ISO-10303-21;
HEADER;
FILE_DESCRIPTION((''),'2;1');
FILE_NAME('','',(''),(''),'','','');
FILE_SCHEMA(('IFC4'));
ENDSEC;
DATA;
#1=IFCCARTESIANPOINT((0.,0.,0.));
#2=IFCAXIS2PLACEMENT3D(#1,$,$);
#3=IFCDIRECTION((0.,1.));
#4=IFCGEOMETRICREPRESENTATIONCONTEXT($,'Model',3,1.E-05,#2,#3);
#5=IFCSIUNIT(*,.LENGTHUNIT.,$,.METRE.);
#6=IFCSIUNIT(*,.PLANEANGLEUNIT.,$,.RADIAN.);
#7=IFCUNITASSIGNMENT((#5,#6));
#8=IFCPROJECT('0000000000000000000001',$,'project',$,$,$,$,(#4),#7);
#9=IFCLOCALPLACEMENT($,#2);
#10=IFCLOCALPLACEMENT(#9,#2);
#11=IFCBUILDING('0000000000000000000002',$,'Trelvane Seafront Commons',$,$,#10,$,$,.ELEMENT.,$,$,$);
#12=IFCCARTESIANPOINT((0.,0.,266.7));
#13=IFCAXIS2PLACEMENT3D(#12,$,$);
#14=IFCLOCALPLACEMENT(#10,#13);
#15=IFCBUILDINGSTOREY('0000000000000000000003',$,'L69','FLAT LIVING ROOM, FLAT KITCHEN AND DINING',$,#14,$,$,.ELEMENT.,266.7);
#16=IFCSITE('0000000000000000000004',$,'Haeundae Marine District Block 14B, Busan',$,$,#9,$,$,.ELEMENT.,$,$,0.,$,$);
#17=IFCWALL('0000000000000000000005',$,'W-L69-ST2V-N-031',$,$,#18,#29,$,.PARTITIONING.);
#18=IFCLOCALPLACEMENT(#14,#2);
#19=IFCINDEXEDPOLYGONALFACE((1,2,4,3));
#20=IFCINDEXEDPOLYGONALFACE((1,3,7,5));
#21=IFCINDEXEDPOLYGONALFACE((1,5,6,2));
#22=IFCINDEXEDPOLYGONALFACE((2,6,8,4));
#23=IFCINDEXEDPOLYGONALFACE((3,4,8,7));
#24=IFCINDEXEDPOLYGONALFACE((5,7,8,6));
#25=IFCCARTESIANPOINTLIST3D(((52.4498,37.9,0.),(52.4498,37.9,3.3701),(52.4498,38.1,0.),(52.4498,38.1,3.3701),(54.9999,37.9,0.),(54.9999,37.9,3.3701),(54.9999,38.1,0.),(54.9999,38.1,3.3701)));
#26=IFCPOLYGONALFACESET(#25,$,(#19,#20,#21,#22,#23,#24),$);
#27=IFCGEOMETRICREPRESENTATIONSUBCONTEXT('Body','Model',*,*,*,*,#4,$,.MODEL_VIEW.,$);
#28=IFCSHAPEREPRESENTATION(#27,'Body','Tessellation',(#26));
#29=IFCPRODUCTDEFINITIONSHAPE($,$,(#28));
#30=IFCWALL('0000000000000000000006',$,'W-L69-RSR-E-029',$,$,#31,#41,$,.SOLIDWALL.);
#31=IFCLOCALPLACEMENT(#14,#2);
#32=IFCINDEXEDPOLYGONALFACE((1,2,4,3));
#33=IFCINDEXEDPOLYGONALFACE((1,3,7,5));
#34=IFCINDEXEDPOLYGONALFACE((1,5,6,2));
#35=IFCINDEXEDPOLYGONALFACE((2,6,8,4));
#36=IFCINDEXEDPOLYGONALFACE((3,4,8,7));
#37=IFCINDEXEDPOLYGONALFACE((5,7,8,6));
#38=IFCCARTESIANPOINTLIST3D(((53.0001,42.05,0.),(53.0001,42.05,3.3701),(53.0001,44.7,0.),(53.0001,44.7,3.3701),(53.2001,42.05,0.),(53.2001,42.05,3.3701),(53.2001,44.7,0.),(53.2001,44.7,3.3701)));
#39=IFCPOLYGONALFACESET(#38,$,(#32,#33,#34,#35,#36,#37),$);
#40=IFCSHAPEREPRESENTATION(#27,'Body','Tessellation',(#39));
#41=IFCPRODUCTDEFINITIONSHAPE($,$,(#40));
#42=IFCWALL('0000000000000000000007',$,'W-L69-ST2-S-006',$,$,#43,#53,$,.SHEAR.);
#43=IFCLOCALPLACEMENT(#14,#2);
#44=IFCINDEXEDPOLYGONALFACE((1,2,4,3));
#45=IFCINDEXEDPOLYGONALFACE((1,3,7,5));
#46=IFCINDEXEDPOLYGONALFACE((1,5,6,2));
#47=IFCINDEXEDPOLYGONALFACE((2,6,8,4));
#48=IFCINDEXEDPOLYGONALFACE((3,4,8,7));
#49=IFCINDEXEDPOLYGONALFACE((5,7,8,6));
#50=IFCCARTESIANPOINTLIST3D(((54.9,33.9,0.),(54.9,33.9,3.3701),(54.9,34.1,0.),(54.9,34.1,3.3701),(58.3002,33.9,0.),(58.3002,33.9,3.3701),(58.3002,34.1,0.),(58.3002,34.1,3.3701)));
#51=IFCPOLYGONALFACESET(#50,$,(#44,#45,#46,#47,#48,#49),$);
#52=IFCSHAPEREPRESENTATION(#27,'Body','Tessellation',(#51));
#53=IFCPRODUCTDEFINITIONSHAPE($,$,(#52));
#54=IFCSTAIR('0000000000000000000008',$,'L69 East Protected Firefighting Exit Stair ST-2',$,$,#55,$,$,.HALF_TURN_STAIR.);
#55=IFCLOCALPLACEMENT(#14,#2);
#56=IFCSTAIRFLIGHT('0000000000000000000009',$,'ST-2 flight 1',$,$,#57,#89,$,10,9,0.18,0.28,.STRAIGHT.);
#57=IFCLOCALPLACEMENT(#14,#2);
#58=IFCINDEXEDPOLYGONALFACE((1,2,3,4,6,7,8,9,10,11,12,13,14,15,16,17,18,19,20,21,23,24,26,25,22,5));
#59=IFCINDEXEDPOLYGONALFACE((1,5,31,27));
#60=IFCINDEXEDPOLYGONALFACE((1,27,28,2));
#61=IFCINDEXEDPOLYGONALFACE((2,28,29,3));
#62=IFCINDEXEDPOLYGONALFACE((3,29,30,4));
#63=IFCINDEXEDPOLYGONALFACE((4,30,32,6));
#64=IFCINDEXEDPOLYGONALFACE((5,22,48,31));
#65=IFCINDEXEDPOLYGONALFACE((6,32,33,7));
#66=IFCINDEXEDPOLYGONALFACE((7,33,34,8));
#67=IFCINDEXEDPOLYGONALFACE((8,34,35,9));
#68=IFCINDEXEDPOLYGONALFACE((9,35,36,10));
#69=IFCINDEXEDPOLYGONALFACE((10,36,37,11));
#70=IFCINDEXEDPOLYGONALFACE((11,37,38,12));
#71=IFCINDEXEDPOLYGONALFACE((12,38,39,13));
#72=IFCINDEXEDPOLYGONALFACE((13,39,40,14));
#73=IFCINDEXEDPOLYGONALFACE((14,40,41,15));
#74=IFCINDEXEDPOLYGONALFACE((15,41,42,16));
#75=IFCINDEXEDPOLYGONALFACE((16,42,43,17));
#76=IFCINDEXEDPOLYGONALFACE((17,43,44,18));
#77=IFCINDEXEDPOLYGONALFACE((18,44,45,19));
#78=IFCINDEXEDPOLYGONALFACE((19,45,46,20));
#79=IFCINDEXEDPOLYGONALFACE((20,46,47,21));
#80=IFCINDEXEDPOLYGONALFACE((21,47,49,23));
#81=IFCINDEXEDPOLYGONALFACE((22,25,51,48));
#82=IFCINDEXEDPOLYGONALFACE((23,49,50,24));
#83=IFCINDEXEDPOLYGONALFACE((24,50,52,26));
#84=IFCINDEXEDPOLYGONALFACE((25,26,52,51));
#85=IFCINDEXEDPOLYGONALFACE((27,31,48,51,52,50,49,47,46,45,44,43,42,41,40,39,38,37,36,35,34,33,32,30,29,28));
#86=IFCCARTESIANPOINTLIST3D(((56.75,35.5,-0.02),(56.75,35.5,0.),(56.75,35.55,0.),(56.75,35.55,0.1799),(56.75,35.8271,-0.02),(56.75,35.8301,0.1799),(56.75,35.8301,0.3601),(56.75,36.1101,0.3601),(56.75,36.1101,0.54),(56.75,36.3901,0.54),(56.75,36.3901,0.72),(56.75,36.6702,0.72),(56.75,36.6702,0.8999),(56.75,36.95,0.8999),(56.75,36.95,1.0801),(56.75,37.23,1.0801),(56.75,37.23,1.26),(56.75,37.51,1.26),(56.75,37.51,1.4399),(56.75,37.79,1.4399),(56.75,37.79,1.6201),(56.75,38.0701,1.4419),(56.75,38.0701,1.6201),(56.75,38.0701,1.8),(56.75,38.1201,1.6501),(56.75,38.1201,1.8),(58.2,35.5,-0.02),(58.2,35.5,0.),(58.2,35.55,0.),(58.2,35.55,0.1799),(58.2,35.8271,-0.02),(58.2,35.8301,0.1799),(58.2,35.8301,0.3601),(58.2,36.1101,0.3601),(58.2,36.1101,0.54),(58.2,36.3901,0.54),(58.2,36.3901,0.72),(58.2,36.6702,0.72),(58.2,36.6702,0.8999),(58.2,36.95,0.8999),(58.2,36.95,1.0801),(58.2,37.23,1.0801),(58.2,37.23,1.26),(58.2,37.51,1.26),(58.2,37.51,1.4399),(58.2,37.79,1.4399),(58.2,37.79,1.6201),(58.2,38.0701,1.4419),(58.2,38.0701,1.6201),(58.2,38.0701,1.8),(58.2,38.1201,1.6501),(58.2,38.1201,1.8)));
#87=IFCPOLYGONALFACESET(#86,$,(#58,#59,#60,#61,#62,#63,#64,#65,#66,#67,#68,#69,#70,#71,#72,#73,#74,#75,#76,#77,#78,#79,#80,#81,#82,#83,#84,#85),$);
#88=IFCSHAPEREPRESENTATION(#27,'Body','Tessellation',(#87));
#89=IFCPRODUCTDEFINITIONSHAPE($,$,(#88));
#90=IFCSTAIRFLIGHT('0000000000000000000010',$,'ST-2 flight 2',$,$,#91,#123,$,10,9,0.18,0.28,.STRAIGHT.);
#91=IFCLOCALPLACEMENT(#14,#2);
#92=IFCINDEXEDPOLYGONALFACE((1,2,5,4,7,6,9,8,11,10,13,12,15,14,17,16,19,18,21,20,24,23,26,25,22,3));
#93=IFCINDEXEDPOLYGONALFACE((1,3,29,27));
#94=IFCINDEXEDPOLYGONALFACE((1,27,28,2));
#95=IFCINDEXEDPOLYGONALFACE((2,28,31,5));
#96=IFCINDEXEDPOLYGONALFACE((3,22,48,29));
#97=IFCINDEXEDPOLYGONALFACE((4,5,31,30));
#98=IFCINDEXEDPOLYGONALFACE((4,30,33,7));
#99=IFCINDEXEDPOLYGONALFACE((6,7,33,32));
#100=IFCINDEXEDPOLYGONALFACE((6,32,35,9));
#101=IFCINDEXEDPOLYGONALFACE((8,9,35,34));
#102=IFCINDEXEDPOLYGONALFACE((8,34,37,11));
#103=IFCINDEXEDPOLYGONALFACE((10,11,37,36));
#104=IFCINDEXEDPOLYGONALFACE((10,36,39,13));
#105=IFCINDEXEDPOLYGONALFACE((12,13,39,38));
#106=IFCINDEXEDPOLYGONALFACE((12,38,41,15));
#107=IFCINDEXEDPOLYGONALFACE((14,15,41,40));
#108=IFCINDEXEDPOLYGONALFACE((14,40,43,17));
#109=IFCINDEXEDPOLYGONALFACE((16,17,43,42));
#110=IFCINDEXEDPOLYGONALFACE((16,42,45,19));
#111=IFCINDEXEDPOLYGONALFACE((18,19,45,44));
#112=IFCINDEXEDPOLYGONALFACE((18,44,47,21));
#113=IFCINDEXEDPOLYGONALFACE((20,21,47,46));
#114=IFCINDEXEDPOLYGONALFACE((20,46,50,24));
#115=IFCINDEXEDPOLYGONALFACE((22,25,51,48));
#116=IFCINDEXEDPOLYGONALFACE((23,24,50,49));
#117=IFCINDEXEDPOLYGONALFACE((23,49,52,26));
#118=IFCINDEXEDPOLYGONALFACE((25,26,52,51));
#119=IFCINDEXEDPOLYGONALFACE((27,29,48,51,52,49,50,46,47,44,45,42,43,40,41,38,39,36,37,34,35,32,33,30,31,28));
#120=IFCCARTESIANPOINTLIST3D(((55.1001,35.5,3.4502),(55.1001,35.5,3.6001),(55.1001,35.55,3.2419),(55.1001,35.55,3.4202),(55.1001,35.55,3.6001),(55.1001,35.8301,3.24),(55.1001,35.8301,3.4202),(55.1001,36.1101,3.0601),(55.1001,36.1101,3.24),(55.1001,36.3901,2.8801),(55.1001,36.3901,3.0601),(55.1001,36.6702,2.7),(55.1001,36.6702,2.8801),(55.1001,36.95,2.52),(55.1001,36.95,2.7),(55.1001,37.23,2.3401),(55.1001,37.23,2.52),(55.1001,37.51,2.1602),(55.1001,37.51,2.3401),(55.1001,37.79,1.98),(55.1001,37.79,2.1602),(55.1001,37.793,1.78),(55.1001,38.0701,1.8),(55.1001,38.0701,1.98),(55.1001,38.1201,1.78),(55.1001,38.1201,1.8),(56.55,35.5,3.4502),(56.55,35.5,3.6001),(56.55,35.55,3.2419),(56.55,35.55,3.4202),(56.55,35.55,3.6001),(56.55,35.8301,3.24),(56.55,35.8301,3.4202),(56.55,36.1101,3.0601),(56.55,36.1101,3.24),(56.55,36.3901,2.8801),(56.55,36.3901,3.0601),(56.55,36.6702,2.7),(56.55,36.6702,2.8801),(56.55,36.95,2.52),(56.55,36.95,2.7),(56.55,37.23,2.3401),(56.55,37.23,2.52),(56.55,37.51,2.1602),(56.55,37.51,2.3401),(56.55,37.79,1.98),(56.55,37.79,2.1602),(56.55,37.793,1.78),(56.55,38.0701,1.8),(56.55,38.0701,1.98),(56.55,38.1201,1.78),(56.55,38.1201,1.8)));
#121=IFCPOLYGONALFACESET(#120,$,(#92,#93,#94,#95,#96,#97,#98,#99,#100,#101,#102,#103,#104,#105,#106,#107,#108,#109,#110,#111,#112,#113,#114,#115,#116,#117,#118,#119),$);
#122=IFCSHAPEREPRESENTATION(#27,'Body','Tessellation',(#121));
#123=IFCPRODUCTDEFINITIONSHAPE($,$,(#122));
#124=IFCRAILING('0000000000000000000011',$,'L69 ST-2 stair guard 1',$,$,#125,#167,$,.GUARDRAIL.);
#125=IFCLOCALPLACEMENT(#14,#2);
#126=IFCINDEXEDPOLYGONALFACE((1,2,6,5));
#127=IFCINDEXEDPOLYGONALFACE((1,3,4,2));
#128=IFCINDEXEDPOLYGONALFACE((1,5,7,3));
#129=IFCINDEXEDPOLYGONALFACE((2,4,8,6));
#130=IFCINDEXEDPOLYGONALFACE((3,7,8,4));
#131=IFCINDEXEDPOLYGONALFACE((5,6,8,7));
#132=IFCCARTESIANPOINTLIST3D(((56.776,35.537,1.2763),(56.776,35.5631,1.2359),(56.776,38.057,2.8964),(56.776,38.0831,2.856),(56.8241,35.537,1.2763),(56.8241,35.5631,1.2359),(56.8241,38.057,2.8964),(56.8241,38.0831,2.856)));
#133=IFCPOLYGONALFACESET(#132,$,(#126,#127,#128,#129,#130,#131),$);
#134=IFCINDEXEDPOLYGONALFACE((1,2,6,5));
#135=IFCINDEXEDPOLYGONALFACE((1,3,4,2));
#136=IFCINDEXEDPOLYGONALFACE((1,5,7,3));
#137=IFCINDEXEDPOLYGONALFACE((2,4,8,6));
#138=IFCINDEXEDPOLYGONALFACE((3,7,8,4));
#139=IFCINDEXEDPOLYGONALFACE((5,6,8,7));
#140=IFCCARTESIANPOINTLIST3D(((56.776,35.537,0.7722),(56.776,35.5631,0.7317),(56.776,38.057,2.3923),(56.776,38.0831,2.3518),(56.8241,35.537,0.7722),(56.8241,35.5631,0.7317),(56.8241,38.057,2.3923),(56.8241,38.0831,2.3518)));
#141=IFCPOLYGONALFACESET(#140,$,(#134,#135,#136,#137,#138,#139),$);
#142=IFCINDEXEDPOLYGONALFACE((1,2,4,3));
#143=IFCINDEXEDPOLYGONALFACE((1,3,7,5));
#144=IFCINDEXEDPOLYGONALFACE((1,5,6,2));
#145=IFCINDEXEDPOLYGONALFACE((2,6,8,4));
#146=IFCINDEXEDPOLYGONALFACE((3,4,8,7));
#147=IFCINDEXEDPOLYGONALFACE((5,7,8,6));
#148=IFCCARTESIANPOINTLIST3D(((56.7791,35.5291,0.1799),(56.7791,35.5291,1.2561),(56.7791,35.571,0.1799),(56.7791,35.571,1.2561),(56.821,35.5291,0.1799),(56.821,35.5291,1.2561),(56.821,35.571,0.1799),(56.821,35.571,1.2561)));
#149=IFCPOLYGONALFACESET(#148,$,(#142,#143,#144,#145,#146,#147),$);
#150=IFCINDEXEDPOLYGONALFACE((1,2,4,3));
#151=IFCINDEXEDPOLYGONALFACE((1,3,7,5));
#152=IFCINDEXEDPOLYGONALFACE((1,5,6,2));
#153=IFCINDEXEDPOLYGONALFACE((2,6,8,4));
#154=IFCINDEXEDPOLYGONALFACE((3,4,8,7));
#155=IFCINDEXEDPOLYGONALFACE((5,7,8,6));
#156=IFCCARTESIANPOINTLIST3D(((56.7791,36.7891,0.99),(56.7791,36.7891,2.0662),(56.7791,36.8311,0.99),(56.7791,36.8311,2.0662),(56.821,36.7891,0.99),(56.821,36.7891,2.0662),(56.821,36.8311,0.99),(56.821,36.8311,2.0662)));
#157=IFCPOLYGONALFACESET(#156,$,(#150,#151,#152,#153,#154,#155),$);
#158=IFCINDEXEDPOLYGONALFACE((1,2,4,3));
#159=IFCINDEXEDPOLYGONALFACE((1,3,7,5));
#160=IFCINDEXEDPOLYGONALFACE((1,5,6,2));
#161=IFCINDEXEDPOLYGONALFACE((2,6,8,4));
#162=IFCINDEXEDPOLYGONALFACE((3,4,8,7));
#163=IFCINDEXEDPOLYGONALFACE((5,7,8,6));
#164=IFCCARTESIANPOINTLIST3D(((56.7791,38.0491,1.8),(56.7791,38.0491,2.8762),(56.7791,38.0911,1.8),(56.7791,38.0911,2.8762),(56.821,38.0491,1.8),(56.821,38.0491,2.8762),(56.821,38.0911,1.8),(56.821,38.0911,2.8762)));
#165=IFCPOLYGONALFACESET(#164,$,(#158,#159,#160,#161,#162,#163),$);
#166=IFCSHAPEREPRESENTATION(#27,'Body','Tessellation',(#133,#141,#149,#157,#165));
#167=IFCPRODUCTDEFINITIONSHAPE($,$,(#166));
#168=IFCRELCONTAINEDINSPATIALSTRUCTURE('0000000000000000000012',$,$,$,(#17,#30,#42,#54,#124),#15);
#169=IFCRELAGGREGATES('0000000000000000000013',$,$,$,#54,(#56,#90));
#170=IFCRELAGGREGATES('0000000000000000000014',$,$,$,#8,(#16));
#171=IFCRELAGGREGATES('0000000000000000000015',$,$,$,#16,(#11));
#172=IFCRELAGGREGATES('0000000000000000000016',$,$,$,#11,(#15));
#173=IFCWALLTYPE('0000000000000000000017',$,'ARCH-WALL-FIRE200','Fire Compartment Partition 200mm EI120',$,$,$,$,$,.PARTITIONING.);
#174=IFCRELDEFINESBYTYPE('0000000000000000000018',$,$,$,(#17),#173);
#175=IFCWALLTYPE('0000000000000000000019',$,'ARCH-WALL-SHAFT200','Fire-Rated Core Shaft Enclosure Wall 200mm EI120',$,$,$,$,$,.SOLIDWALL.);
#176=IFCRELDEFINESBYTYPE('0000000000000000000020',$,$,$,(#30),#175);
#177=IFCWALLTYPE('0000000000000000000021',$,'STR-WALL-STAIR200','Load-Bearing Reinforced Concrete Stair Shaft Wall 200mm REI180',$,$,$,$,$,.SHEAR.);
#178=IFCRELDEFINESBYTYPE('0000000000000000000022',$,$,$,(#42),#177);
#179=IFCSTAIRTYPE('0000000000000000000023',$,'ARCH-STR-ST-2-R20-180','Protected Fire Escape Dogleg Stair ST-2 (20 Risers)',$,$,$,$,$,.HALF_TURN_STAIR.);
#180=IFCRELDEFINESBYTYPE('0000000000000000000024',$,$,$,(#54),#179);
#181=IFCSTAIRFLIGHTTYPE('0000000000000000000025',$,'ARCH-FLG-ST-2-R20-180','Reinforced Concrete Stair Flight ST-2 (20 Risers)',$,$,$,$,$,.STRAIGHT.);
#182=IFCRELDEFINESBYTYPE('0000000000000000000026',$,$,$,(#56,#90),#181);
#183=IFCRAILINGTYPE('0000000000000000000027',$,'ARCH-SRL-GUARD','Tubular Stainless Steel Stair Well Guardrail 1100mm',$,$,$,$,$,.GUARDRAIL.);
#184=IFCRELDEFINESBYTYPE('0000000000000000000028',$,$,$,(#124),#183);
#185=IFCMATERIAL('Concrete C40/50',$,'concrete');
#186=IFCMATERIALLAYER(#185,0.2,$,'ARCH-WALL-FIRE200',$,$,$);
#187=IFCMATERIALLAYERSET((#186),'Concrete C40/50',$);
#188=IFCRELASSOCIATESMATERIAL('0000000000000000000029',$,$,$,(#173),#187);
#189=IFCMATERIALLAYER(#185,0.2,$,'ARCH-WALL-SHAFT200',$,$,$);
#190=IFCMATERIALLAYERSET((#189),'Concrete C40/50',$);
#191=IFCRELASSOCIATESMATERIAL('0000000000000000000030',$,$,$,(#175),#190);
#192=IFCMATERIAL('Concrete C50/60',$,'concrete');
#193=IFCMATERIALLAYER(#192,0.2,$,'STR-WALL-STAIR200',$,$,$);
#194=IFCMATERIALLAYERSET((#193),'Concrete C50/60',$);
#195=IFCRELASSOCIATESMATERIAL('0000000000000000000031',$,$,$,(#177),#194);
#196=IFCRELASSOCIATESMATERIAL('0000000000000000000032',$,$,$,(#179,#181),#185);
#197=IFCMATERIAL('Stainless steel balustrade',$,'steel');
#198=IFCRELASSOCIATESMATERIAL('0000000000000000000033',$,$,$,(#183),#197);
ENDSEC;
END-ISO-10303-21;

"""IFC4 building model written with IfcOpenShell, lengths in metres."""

from ifc_helpers import new_model, si_unit, direction, frame, frame_2d, origin, origin_2d, place, context, subcontext, project, spatial, polyline, rectangle, outline, extrude, source, transform, mapped, material, layer, layer_set, type_object, element, aggregate, save


model = new_model("IFC4")

# Units and contexts
model_context = context("Model", 3, precision=1e-05, world=origin(), true_north=direction((0.0, 1.0)))
body_context = subcontext(model_context, "Body", "Model", "MODEL_VIEW")
ifc_project = project(units=[si_unit("LENGTHUNIT", "METRE"), si_unit("PLANEANGLEUNIT", "RADIAN")], contexts=[model_context])

# Site, building, storey
site_placement = place(None, origin())
site = spatial("IfcSite", under=ifc_project, at=site_placement, Name="Haeundae Marine District Block 14B, Busan", CompositionType="ELEMENT", RefElevation=0.0)
building_placement = place(site_placement, origin())
building = spatial("IfcBuilding", under=site, at=building_placement, Name="Trelvane Seafront Commons", CompositionType="ELEMENT")
storey_placement = place(building_placement, frame((0.0, 0.0, 266.7)))
storey = spatial("IfcBuildingStorey", under=building, at=storey_placement, Name="L69", Description="FLAT LIVING ROOM, FLAT KITCHEN AND DINING", CompositionType="ELEMENT", Elevation=266.7)

# Shared definitions
ifc_material_1 = material(Name="Concrete C50/60", Category="concrete")

# Wall
ifc_material_2 = material(Name="Concrete C40/50", Category="concrete")
ifc_layer_1 = layer(ifc_material_2, 0.2, Name="ARCH-WALL-FIRE200")
ifc_layer_set_1 = layer_set([ifc_layer_1], Name="Concrete C40/50")
wall_type_1 = type_object("IfcWallType", Name="ARCH-WALL-FIRE200", Description="Fire Compartment Partition 200mm EI120", PredefinedType="PARTITIONING", material=ifc_layer_set_1)
wall_1_placement = place(storey_placement, frame((52.45, 38.0, 0.0), z_axis=(0.0, 0.0, 1.0), x_axis=(1.0, 0.0, 0.0)))
element("IfcWall", 1, at=wall_1_placement, inside=storey, type_object=wall_type_1, Name="W-L69-ST2V-N-031", PredefinedType="PARTITIONING", context=body_context, shape_type="SweptSolid", body=[
    extrude(rectangle(XDim=2.55, YDim=0.2, at=frame_2d((1.2749, 0.0))), origin(), (0.0, 0.0, 1.0), 3.3701),
])

# Walls
ifc_layer_2 = layer(ifc_material_2, 0.2, Name="ARCH-WALL-SHAFT200")
ifc_layer_set_2 = layer_set([ifc_layer_2], Name="Concrete C40/50")
wall_type_2 = type_object("IfcWallType", Name="ARCH-WALL-SHAFT200", Description="Fire-Rated Core Shaft Enclosure Wall 200mm EI120", PredefinedType="SOLIDWALL", material=ifc_layer_set_2)
wall_2_placement = place(storey_placement, frame((53.1001, 42.05, 0.0), z_axis=(0.0, 0.0, 1.0), x_axis=(0.0, 1.0, 0.0)))
element("IfcWall", 2, at=wall_2_placement, inside=storey, type_object=wall_type_2, Name="W-L69-RSR-E-029", PredefinedType="SOLIDWALL", context=body_context, shape_type="SweptSolid", body=[
    extrude(rectangle(XDim=2.6499, YDim=0.2, at=frame_2d((1.325, 0.0))), origin(), (0.0, 0.0, 1.0), 3.3701),
])
ifc_layer_3 = layer(ifc_material_1, 0.2, Name="STR-WALL-STAIR200")
ifc_layer_set_3 = layer_set([ifc_layer_3], Name="Concrete C50/60")
wall_type_3 = type_object("IfcWallType", Name="STR-WALL-STAIR200", Description="Load-Bearing Reinforced Concrete Stair Shaft Wall 200mm REI180", PredefinedType="SHEAR", material=ifc_layer_set_3)
wall_3_placement = place(storey_placement, frame((54.8999, 34.0, 0.0), z_axis=(0.0, 0.0, 1.0), x_axis=(1.0, 0.0, 0.0)))
element("IfcWall", 3, at=wall_3_placement, inside=storey, type_object=wall_type_3, Name="W-L69-ST2-S-006", PredefinedType="SHEAR", context=body_context, shape_type="SweptSolid", body=[
    extrude(rectangle(XDim=3.4001, YDim=0.2, at=frame_2d((1.7002, 0.0))), origin(), (0.0, 0.0, 1.0), 3.3701),
])

# Stair, stair flights
stair_type = type_object("IfcStairType", Name="ARCH-STR-ST-2-R20-180", Description="Protected Fire Escape Dogleg Stair ST-2 (20 Risers)", PredefinedType="HALF_TURN_STAIR", material=ifc_material_2)
stair_placement = place(storey_placement, origin())
stair = element("IfcStair", 4, at=stair_placement, inside=storey, type_object=stair_type, Name="L69 East Protected Firefighting Exit Stair ST-2", PredefinedType="HALF_TURN_STAIR")
stair_flight_type = type_object("IfcStairFlightType", Name="ARCH-FLG-ST-2-R20-180", Description="Reinforced Concrete Stair Flight ST-2 (20 Risers)", PredefinedType="STRAIGHT", material=ifc_material_2)
shared_shape_1 = source(origin(), body_context, "Body", "SweptSolid", [
    extrude(outline(polyline([(-0.05, -0.02), (-0.05, 0.0), (0.0, 0.0), (0.0, 0.1799), (0.28, 0.1799), (0.28, 0.3601), (0.5601, 0.3601), (0.5601, 0.54), (0.8401, 0.54), (0.8401, 0.72), (1.1201, 0.72), (1.1201, 0.8999), (1.3999, 0.8999), (1.3999, 1.0801), (1.6799, 1.0801), (1.6799, 1.26), (1.96, 1.26), (1.96, 1.4399), (2.24, 1.4399), (2.24, 1.6201), (2.52, 1.6201), (2.52, 1.8), (2.5701, 1.8), (2.5701, 1.6501), (2.52, 1.4419), (0.2771, -0.02), (-0.05, -0.02)])), frame((0.0, 0.7251, 0.0), z_axis=(0.0, -1.0, 0.0), x_axis=(1.0, 0.0, 0.0)), (0.0, 0.0, 1.0), 1.45),
])
stair_flight_1_placement = place(storey_placement, frame((57.4751, 35.55, 0.0), z_axis=(0.0, 0.0, 1.0), x_axis=(0.0, 1.0, 0.0)))
stair_flight_1 = element("IfcStairFlight", 5, at=stair_flight_1_placement, type_object=stair_flight_type, Name="ST-2 flight 1", NumberOfRisers=10, NumberOfTreads=9, PredefinedType="STRAIGHT", RiserHeight=0.18, TreadLength=0.28, context=body_context, shape_type="MappedRepresentation", body=[
    mapped(shared_shape_1, transform((0.0, 0.0, 0.0), x_axis=(1.0, 0.0, 0.0), y_axis=(0.0, 1.0, 0.0), z_axis=(0.0, 0.0, 1.0), scale=1.0)),
])
stair_flight_2_placement = place(storey_placement, frame((55.825, 38.0701, 1.8), z_axis=(0.0, 0.0, 1.0), x_axis=(0.0, -1.0, 0.0)))
stair_flight_2 = element("IfcStairFlight", 6, at=stair_flight_2_placement, type_object=stair_flight_type, Name="ST-2 flight 2", NumberOfRisers=10, NumberOfTreads=9, PredefinedType="STRAIGHT", RiserHeight=0.18, TreadLength=0.28, context=body_context, shape_type="MappedRepresentation", body=[
    mapped(shared_shape_1, transform((0.0, 0.0, 0.0), x_axis=(1.0, 0.0, 0.0), y_axis=(0.0, 1.0, 0.0), z_axis=(0.0, 0.0, 1.0), scale=1.0)),
])
aggregate(stair, [stair_flight_1, stair_flight_2])

# Railing
ifc_material_3 = material(Name="Stainless steel balustrade", Category="steel")
railing_type_1 = type_object("IfcRailingType", Name="ARCH-SRL-GUARD", Description="Tubular Stainless Steel Stair Well Guardrail 1100mm", PredefinedType="GUARDRAIL", material=ifc_material_3)
railing_1_placement = place(storey_placement, frame((56.8, 35.55, 0.1799)))
element("IfcRailing", 7, at=railing_1_placement, inside=storey, type_object=railing_type_1, Name="L69 ST-2 stair guard 1", PredefinedType="GUARDRAIL", context=body_context, shape_type="SweptSolid", body=[
    extrude(rectangle(XDim=0.0481, YDim=0.0481, at=origin_2d()), frame((0.0, 0.0, 1.0762), z_axis=(0.0, 0.841163, 0.540782), x_axis=(-1.0, 0.0, 0.0)), (0.0, 0.0, 1.0), 2.9958),
    extrude(rectangle(XDim=0.0481, YDim=0.0481, at=origin_2d()), frame((0.0, 0.0, 0.572), z_axis=(0.0, 0.841163, 0.540782), x_axis=(-1.0, 0.0, 0.0)), (0.0, 0.0, 1.0), 2.9958),
    extrude(rectangle(XDim=0.042, YDim=0.042, at=origin_2d()), origin(), (0.0, 0.0, 1.0), 1.0762),
    extrude(rectangle(XDim=0.042, YDim=0.042, at=origin_2d()), frame((0.0, 1.26, 0.8101)), (0.0, 0.0, 1.0), 1.0762),
    extrude(rectangle(XDim=0.042, YDim=0.042, at=origin_2d()), frame((0.0, 2.52, 1.6201)), (0.0, 0.0, 1.0), 1.0762),
])

save(model, "model.ifc")
